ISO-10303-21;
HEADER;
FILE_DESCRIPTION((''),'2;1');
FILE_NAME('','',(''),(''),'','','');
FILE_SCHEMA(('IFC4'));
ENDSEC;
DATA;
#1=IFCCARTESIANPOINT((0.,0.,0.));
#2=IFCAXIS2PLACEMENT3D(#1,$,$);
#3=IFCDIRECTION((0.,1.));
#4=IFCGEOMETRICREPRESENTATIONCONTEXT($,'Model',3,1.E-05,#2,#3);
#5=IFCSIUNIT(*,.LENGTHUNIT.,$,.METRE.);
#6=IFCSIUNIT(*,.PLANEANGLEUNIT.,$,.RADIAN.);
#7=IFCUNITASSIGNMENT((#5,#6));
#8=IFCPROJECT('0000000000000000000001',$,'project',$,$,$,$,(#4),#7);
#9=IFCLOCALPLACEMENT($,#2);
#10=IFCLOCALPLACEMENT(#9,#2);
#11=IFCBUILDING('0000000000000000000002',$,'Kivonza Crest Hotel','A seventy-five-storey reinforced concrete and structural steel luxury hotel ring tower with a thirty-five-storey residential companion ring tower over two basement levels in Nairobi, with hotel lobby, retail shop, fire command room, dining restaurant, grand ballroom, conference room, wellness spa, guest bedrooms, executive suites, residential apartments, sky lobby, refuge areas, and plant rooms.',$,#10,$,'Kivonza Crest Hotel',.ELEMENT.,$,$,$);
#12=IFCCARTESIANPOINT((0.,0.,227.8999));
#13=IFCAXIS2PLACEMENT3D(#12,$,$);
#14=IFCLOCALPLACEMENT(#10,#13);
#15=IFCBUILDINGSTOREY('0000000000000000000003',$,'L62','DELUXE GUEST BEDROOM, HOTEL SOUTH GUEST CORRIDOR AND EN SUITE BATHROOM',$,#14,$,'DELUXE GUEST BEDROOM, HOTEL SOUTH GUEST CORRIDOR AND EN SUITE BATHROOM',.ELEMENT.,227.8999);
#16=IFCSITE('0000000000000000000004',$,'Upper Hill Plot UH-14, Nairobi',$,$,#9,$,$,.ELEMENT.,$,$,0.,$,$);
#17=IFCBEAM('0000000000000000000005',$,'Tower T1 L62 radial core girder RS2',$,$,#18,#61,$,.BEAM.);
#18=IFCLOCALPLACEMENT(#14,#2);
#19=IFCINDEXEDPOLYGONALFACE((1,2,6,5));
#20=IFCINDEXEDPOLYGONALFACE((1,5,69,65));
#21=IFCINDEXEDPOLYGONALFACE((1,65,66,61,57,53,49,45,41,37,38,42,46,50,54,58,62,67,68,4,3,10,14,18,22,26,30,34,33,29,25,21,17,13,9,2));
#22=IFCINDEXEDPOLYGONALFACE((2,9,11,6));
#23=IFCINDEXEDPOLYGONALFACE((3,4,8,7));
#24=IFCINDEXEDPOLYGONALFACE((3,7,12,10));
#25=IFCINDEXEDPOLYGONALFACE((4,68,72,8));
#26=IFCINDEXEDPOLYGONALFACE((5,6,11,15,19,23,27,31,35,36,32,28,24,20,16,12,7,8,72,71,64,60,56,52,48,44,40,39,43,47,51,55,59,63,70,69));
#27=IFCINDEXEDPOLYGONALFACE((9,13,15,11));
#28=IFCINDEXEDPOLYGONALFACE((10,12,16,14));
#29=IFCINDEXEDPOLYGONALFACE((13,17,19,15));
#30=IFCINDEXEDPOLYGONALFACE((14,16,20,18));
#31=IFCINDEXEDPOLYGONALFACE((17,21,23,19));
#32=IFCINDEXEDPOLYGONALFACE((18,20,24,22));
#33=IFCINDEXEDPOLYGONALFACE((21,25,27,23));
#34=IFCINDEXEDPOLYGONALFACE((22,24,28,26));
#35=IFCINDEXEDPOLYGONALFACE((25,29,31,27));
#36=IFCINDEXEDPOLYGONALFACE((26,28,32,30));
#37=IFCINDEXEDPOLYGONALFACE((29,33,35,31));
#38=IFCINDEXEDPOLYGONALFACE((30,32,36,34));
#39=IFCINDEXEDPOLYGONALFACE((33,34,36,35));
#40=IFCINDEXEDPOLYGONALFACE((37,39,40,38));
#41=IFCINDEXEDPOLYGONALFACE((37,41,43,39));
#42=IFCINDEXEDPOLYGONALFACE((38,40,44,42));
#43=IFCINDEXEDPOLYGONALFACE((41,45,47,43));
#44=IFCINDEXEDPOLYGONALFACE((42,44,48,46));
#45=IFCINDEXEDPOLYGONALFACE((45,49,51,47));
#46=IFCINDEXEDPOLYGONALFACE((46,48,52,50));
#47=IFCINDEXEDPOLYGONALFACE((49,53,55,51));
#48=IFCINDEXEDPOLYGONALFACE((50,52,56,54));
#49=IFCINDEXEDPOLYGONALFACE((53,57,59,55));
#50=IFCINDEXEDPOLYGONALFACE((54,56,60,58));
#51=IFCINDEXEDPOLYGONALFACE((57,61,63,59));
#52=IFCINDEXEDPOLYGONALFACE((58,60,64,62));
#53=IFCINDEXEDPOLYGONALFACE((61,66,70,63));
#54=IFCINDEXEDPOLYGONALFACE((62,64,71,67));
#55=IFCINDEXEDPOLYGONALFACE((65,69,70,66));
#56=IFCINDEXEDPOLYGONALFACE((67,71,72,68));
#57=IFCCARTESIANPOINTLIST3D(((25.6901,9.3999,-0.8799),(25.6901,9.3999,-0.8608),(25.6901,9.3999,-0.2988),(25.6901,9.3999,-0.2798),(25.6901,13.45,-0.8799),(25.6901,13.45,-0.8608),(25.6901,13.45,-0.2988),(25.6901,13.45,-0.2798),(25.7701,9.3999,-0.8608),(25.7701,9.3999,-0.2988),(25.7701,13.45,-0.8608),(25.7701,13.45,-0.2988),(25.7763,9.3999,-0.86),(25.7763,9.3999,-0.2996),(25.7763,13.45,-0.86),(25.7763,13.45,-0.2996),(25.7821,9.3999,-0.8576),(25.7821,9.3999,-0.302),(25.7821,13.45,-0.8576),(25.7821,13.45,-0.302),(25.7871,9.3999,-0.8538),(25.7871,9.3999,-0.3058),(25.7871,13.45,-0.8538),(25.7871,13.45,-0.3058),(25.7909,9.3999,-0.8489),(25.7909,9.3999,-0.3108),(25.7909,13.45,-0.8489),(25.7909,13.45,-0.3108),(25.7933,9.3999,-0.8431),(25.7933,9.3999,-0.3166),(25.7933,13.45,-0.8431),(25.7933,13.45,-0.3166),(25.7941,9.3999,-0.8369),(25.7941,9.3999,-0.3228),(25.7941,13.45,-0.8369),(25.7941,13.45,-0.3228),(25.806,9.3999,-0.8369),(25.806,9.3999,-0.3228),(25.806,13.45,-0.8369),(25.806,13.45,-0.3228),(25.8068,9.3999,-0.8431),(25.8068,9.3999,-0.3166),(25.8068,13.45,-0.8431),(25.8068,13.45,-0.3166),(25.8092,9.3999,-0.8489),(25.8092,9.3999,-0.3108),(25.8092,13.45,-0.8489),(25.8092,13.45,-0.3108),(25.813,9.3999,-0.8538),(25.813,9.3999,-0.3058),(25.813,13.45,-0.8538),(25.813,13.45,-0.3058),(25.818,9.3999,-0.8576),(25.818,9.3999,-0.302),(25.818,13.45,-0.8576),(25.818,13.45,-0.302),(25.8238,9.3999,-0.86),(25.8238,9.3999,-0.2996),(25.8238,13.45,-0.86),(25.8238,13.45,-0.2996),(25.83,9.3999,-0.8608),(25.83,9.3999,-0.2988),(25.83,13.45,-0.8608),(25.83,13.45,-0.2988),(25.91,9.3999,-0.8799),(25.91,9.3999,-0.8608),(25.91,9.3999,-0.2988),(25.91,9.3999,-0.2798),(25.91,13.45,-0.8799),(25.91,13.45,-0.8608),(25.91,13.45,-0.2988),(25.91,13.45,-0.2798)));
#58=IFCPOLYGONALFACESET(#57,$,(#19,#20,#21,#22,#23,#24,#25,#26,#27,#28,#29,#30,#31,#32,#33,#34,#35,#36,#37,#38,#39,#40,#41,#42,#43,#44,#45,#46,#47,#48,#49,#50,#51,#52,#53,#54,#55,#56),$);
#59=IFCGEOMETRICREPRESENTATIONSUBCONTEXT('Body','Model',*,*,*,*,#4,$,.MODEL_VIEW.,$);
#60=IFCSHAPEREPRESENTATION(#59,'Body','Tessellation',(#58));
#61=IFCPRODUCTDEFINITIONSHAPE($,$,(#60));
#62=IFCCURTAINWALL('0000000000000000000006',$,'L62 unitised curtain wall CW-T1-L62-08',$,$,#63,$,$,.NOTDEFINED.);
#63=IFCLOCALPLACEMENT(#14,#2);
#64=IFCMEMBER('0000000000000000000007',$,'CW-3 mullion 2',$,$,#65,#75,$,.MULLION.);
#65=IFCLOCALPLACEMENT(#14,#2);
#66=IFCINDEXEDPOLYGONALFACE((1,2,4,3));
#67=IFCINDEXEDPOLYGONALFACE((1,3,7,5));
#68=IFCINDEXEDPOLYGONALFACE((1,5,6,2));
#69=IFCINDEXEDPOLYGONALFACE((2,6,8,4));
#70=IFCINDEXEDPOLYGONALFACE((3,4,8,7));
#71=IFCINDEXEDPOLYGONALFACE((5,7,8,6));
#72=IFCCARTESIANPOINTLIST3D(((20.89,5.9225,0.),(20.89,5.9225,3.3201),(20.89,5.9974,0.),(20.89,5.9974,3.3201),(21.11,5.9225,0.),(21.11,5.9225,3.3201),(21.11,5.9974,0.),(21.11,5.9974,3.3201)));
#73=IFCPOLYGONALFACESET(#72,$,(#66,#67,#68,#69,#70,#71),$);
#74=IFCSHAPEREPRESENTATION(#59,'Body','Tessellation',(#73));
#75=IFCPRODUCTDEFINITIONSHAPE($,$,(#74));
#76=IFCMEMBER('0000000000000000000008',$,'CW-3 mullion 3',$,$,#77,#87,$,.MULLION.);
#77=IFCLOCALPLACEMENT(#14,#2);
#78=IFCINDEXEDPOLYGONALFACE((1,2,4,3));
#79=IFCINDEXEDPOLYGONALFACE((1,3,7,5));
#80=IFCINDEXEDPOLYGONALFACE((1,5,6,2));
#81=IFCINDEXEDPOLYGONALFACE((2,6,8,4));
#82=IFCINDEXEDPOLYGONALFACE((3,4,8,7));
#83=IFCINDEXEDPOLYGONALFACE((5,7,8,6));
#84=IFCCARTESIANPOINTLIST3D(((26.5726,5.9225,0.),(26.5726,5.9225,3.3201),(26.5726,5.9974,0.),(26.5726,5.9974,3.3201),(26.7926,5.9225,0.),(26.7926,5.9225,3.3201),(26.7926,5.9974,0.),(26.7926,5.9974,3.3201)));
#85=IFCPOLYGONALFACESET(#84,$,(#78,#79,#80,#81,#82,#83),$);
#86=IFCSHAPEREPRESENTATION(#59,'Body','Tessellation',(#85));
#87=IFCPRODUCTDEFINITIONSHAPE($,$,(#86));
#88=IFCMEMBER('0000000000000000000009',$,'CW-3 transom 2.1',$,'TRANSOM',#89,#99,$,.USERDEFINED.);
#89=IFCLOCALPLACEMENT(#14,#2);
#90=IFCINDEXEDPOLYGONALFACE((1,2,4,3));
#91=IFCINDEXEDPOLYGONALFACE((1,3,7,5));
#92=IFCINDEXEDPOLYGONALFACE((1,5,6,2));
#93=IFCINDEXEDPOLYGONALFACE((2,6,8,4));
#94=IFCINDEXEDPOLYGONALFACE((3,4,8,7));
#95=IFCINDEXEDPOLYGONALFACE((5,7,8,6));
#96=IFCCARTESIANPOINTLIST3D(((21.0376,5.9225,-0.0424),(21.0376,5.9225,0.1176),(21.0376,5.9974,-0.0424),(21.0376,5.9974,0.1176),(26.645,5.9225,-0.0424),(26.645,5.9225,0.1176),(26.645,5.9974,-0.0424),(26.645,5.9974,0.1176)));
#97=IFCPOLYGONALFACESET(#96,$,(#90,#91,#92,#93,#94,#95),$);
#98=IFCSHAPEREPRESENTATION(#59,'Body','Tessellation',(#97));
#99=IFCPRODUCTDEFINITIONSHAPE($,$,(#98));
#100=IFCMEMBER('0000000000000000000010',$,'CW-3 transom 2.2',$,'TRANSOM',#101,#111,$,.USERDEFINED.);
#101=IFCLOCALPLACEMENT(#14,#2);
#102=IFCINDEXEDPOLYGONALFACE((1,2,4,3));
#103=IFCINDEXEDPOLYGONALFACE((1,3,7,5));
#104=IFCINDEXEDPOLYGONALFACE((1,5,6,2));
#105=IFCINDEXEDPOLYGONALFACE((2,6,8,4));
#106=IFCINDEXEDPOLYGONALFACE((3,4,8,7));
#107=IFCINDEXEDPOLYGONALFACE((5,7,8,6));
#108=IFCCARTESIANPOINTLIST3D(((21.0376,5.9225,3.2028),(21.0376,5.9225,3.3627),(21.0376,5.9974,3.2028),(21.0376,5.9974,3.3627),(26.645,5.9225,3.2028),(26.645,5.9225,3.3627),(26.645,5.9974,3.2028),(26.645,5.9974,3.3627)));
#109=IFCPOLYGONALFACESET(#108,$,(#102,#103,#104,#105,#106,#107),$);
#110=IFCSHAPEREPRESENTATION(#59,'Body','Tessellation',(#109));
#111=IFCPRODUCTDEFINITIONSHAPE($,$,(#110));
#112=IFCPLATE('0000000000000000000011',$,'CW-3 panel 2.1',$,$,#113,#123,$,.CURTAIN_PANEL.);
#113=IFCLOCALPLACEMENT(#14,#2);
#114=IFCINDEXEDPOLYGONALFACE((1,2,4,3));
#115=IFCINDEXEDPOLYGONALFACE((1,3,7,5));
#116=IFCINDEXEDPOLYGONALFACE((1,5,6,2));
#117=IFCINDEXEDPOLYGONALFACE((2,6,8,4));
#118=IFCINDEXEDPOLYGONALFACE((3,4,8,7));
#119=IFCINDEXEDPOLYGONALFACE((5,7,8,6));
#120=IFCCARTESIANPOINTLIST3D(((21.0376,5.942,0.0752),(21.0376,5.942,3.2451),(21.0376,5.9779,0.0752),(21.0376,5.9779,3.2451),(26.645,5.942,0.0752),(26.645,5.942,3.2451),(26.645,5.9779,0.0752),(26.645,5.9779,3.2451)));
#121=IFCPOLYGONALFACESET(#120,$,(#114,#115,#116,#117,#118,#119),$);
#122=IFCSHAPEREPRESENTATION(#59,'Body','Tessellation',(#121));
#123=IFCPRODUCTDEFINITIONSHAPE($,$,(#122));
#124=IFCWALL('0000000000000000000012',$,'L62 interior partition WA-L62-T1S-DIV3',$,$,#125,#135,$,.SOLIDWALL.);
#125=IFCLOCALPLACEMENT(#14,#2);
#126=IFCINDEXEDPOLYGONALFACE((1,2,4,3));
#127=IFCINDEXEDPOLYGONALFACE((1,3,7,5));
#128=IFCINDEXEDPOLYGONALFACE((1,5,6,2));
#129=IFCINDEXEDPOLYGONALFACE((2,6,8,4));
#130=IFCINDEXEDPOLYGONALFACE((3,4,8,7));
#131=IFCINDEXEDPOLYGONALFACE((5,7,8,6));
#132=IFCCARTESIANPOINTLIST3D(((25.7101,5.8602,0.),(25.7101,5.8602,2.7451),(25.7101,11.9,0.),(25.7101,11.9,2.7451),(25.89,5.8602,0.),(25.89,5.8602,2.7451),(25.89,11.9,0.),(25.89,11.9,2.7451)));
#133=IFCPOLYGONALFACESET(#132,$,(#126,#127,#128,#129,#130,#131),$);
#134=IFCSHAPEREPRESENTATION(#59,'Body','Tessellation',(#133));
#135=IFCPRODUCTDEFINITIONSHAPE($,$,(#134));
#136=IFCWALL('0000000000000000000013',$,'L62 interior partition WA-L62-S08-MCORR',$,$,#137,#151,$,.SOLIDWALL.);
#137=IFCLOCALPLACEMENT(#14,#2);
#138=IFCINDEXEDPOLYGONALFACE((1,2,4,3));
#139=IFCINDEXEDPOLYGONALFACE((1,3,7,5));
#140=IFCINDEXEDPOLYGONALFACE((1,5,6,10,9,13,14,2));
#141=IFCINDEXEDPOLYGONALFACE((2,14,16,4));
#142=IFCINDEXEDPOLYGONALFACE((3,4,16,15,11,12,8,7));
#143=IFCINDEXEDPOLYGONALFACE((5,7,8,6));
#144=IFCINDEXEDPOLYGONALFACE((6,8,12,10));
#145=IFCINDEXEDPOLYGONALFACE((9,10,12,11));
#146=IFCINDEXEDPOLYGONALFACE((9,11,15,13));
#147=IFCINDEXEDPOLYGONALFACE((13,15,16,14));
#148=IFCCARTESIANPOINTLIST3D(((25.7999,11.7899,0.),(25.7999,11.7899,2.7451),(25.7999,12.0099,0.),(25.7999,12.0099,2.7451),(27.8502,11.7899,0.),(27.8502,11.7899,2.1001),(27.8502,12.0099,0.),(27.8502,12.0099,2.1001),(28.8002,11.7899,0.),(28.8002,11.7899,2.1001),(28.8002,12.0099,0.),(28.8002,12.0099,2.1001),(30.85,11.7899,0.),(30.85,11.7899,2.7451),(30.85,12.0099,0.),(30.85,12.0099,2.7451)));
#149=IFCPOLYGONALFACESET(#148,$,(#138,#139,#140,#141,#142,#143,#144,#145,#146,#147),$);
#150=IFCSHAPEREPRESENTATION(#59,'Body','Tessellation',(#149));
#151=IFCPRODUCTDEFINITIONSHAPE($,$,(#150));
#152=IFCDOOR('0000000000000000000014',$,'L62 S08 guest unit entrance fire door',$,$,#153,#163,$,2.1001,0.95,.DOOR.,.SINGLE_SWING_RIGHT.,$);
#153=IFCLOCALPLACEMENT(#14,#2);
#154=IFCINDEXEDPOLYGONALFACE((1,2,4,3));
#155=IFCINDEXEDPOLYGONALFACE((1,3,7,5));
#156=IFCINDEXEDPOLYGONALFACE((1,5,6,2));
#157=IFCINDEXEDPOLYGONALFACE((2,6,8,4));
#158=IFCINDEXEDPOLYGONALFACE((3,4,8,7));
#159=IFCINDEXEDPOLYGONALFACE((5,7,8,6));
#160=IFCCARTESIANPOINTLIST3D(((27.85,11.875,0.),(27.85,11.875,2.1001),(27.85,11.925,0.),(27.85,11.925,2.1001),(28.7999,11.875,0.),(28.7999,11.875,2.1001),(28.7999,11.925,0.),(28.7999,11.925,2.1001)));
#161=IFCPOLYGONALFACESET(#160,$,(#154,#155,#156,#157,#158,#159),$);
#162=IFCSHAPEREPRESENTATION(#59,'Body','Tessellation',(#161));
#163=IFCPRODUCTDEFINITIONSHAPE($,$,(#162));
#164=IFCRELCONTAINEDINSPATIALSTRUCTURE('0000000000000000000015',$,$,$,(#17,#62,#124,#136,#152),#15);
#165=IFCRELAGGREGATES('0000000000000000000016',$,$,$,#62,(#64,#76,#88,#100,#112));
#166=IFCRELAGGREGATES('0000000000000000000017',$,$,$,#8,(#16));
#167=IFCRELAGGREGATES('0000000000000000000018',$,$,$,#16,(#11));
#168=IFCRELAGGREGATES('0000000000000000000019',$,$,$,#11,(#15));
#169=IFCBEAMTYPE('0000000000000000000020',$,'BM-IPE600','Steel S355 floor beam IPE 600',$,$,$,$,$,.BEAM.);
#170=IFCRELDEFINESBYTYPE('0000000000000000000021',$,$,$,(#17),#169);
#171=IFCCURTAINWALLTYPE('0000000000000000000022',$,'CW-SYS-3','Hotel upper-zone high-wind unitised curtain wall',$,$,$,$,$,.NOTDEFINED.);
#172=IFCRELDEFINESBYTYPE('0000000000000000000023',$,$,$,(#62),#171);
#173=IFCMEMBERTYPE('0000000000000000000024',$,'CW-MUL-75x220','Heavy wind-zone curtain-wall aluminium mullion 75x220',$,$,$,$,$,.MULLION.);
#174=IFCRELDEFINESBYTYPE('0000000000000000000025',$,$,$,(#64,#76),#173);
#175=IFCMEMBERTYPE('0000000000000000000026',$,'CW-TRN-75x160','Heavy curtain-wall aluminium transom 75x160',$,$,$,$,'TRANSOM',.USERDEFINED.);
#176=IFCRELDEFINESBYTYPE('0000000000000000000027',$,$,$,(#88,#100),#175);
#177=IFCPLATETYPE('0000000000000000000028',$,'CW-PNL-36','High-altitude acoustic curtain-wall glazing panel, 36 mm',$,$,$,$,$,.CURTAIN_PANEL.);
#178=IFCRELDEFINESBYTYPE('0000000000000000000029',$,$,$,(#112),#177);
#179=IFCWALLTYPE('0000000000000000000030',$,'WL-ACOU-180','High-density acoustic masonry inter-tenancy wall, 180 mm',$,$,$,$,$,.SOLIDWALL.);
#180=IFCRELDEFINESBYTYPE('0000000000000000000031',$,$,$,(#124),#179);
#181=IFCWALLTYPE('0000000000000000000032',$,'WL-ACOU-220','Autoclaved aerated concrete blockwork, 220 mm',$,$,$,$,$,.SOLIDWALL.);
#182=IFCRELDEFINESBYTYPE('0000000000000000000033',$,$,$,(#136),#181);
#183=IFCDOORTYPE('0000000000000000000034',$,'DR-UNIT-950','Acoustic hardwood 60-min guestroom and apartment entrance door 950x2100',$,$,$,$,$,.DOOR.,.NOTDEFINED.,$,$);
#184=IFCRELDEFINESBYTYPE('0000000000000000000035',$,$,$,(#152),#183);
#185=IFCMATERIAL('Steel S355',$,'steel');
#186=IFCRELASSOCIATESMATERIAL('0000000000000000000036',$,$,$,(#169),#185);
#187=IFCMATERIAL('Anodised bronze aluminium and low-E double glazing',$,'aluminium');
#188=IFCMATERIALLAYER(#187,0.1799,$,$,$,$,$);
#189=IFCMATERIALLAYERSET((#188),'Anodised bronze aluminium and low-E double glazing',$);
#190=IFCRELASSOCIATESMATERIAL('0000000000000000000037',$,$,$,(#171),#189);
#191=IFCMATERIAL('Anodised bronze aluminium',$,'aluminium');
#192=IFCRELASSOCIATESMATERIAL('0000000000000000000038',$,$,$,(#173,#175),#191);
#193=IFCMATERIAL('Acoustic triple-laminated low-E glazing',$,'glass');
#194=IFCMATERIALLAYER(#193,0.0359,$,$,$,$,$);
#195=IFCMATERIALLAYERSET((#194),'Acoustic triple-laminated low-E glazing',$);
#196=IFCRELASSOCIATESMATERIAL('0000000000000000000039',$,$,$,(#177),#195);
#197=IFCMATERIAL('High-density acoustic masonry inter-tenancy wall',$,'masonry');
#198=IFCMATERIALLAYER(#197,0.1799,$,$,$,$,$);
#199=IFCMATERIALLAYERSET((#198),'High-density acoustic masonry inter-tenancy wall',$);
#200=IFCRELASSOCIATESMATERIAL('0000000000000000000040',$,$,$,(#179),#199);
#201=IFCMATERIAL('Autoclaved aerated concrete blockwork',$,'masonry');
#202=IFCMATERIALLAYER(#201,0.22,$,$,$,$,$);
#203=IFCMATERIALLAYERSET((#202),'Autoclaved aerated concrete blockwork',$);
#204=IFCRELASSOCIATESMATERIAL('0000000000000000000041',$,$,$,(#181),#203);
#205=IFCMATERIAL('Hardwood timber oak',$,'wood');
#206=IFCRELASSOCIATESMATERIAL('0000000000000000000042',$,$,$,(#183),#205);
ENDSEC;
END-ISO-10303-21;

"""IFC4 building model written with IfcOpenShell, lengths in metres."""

from ifc_helpers import new_model, si_unit, direction, frame, frame_2d, origin, origin_2d, place, context, subcontext, project, spatial, rectangle, i_section, extrude, material, layer, layer_set, material_profile, profile_set, type_object, element, fill, aggregate, save


model = new_model("IFC4")

# Units and contexts
model_context = context("Model", 3, precision=1e-05, world=origin(), true_north=direction((0.0, 1.0)))
body_context = subcontext(model_context, "Body", "Model", "MODEL_VIEW")
ifc_project = project(units=[si_unit("LENGTHUNIT", "METRE"), si_unit("PLANEANGLEUNIT", "RADIAN")], contexts=[model_context])

# Site, building, storey
site_placement = place(None, origin())
site = spatial("IfcSite", under=ifc_project, at=site_placement, Name="Upper Hill Plot UH-14, Nairobi", CompositionType="ELEMENT", RefElevation=0.0)
building_placement = place(site_placement, origin())
building = spatial("IfcBuilding", under=site, at=building_placement, Name="Kivonza Crest Hotel", Description="A seventy-five-storey reinforced concrete and structural steel luxury hotel ring tower with a thirty-five-storey residential companion ring tower over two basement levels in Nairobi, with hotel lobby, retail shop, fire command room, dining restaurant, grand ballroom, conference room, wellness spa, guest bedrooms, executive suites, residential apartments, sky lobby, refuge areas, and plant rooms.", LongName="Kivonza Crest Hotel", CompositionType="ELEMENT")
storey_placement = place(building_placement, frame((0.0, 0.0, 227.8999)))
storey = spatial("IfcBuildingStorey", under=building, at=storey_placement, Name="L62", Description="DELUXE GUEST BEDROOM, HOTEL SOUTH GUEST CORRIDOR AND EN SUITE BATHROOM", LongName="DELUXE GUEST BEDROOM, HOTEL SOUTH GUEST CORRIDOR AND EN SUITE BATHROOM", CompositionType="ELEMENT", Elevation=227.8999)

# Beam
ifc_material_1 = material(Name="Steel S355", Category="steel")
ifc_material_profile_1 = material_profile(ifc_material_1, i_section(OverallWidth=0.22, OverallDepth=0.6001, WebThickness=0.012, FlangeThickness=0.019, FilletRadius=0.0239, at=origin_2d()), Name="IPE 600")
ifc_profile_set_1 = profile_set([ifc_material_profile_1], Name="Steel S355")
beam_type_1 = type_object("IfcBeamType", Name="BM-IPE600", Description="Steel S355 floor beam IPE 600", PredefinedType="BEAM", material=ifc_profile_set_1)
beam_1_placement = place(storey_placement, frame((25.8, 9.3999, -0.5798), z_axis=(0.0, 1.0, 0.0), x_axis=(-1.0, 0.0, 0.0)))
element("IfcBeam", 1, at=beam_1_placement, inside=storey, type_object=beam_type_1, Name="Tower T1 L62 radial core girder RS2", PredefinedType="BEAM", context=body_context, shape_type="SweptSolid", body=[
    extrude(i_section(OverallWidth=0.22, OverallDepth=0.6001, WebThickness=0.012, FlangeThickness=0.019, FilletRadius=0.0239, at=origin_2d()), origin(), (0.0, 0.0, 1.0), 4.05),
])

# Curtain wall, members, plate
ifc_material_2 = material(Name="Anodised bronze aluminium and low-E double glazing", Category="aluminium")
ifc_layer_1 = layer(ifc_material_2, 0.1799)
ifc_layer_set_1 = layer_set([ifc_layer_1], Name="Anodised bronze aluminium and low-E double glazing")
curtain_wall_type = type_object("IfcCurtainWallType", Name="CW-SYS-3", Description="Hotel upper-zone high-wind unitised curtain wall", PredefinedType="NOTDEFINED", material=ifc_layer_set_1)
curtain_wall_placement = place(storey_placement, origin())
curtain_wall = element("IfcCurtainWall", 2, at=curtain_wall_placement, inside=storey, type_object=curtain_wall_type, Name="L62 unitised curtain wall CW-T1-L62-08", PredefinedType="NOTDEFINED")
ifc_material_3 = material(Name="Anodised bronze aluminium", Category="aluminium")
ifc_material_profile_2 = material_profile(ifc_material_3, rectangle(XDim=0.075, YDim=0.22, at=origin_2d()), Name="CW-M 75x220")
ifc_profile_set_2 = profile_set([ifc_material_profile_2], Name="Anodised bronze aluminium")
member_type_1 = type_object("IfcMemberType", Name="CW-MUL-75x220", Description="Heavy wind-zone curtain-wall aluminium mullion 75x220", PredefinedType="MULLION", material=ifc_profile_set_2)
member_1_placement = place(storey_placement, frame((21.0, 5.96, 0.0), z_axis=(0.0, 0.0, 1.0), x_axis=(0.0, 1.0, 0.0)))
member_1 = element("IfcMember", 3, at=member_1_placement, type_object=member_type_1, Name="CW-3 mullion 2", PredefinedType="MULLION", context=body_context, shape_type="SweptSolid", body=[
    extrude(rectangle(XDim=0.075, YDim=0.22, at=origin_2d()), origin(), (0.0, 0.0, 1.0), 3.3201),
])
member_2_placement = place(storey_placement, frame((26.6826, 5.96, 0.0), z_axis=(0.0, 0.0, 1.0), x_axis=(0.0, 1.0, 0.0)))
member_2 = element("IfcMember", 4, at=member_2_placement, type_object=member_type_1, Name="CW-3 mullion 3", PredefinedType="MULLION", context=body_context, shape_type="SweptSolid", body=[
    extrude(rectangle(XDim=0.075, YDim=0.22, at=origin_2d()), origin(), (0.0, 0.0, 1.0), 3.3201),
])
ifc_material_profile_3 = material_profile(ifc_material_3, rectangle(XDim=0.075, YDim=0.1599, at=origin_2d()), Name="CW-T 75x160")
ifc_profile_set_3 = profile_set([ifc_material_profile_3], Name="Anodised bronze aluminium")
member_type_2 = type_object("IfcMemberType", Name="CW-TRN-75x160", Description="Heavy curtain-wall aluminium transom 75x160", ElementType="TRANSOM", PredefinedType="USERDEFINED", material=ifc_profile_set_3)
member_3_placement = place(storey_placement, frame((21.0376, 5.96, 0.0376), z_axis=(1.0, 0.0, 0.0), x_axis=(0.0, 1.0, 0.0)))
member_3 = element("IfcMember", 5, at=member_3_placement, type_object=member_type_2, Name="CW-3 transom 2.1", ObjectType="TRANSOM", PredefinedType="USERDEFINED", context=body_context, shape_type="SweptSolid", body=[
    extrude(rectangle(XDim=0.075, YDim=0.1599, at=origin_2d()), origin(), (0.0, 0.0, 1.0), 5.6074),
])
member_4_placement = place(storey_placement, frame((21.0376, 5.96, 3.2827), z_axis=(1.0, 0.0, 0.0), x_axis=(0.0, 1.0, 0.0)))
member_4 = element("IfcMember", 6, at=member_4_placement, type_object=member_type_2, Name="CW-3 transom 2.2", ObjectType="TRANSOM", PredefinedType="USERDEFINED", context=body_context, shape_type="SweptSolid", body=[
    extrude(rectangle(XDim=0.075, YDim=0.1599, at=origin_2d()), origin(), (0.0, 0.0, 1.0), 5.6074),
])
ifc_material_4 = material(Name="Acoustic triple-laminated low-E glazing", Category="glass")
ifc_layer_2 = layer(ifc_material_4, 0.0359)
ifc_layer_set_2 = layer_set([ifc_layer_2], Name="Acoustic triple-laminated low-E glazing")
plate_type = type_object("IfcPlateType", Name="CW-PNL-36", Description="High-altitude acoustic curtain-wall glazing panel, 36 mm", PredefinedType="CURTAIN_PANEL", material=ifc_layer_set_2)
plate_placement = place(storey_placement, frame((23.8413, 5.96, 0.0752), z_axis=(0.0, 0.0, 1.0), x_axis=(1.0, 0.0, 0.0)))
plate = element("IfcPlate", 7, at=plate_placement, type_object=plate_type, Name="CW-3 panel 2.1", PredefinedType="CURTAIN_PANEL", context=body_context, shape_type="SweptSolid", body=[
    extrude(rectangle(XDim=5.6074, YDim=0.0359, at=origin_2d()), origin(), (0.0, 0.0, 1.0), 3.1699),
])
aggregate(curtain_wall, [member_1, member_2, member_3, member_4, plate])

# Wall
ifc_material_5 = material(Name="High-density acoustic masonry inter-tenancy wall", Category="masonry")
ifc_layer_3 = layer(ifc_material_5, 0.1799)
ifc_layer_set_3 = layer_set([ifc_layer_3], Name="High-density acoustic masonry inter-tenancy wall")
wall_type_1 = type_object("IfcWallType", Name="WL-ACOU-180", Description="High-density acoustic masonry inter-tenancy wall, 180 mm", PredefinedType="SOLIDWALL", material=ifc_layer_set_3)
wall_1_placement = place(storey_placement, frame((25.8, 5.8601, 0.0), z_axis=(0.0, 0.0, 1.0), x_axis=(0.0, 1.0, 0.0)))
element("IfcWall", 8, at=wall_1_placement, inside=storey, type_object=wall_type_1, Name="L62 interior partition WA-L62-T1S-DIV3", PredefinedType="SOLIDWALL", context=body_context, shape_type="SweptSolid", body=[
    extrude(rectangle(XDim=6.0398, YDim=0.1799, at=frame_2d((3.02, 0.0))), origin(), (0.0, 0.0, 1.0), 2.7451),
])

# Wall, opening, door
ifc_material_6 = material(Name="Autoclaved aerated concrete blockwork", Category="masonry")
ifc_layer_4 = layer(ifc_material_6, 0.22)
ifc_layer_set_4 = layer_set([ifc_layer_4], Name="Autoclaved aerated concrete blockwork")
wall_type_2 = type_object("IfcWallType", Name="WL-ACOU-220", Description="Autoclaved aerated concrete blockwork, 220 mm", PredefinedType="SOLIDWALL", material=ifc_layer_set_4)
wall_2_placement = place(storey_placement, frame((25.8, 11.8999, 0.0), z_axis=(0.0, 0.0, 1.0), x_axis=(1.0, 0.0, 0.0)))
wall_2 = element("IfcWall", 9, at=wall_2_placement, inside=storey, type_object=wall_type_2, Name="L62 interior partition WA-L62-S08-MCORR", PredefinedType="SOLIDWALL", context=body_context, shape_type="SweptSolid", body=[
    extrude(rectangle(XDim=5.05, YDim=0.22, at=frame_2d((2.5249, 0.0))), origin(), (0.0, 0.0, 1.0), 2.7451),
])
opening_1_placement = place(wall_2_placement, frame((2.05, 0.0, 0.0)))
opening_1 = element("IfcOpeningElement", 10, at=opening_1_placement, cuts=wall_2, PredefinedType="OPENING", context=body_context, shape_type="SweptSolid", body=[
    extrude(rectangle(XDim=0.95, YDim=2.1001, at=frame_2d((0.4751, 1.05))), frame((0.0, 0.1201, 0.0), z_axis=(0.0, -1.0, 0.0), x_axis=(1.0, 0.0, 0.0)), (0.0, 0.0, 1.0), 0.24),
])
ifc_material_7 = material(Name="Hardwood timber oak", Category="wood")
door_type_1 = type_object("IfcDoorType", Name="DR-UNIT-950", Description="Acoustic hardwood 60-min guestroom and apartment entrance door 950x2100", OperationType="NOTDEFINED", PredefinedType="DOOR", material=ifc_material_7)
door_1_placement = place(opening_1_placement, frame((0.95, 0.0, 0.0), z_axis=(0.0, 0.0, 1.0), x_axis=(-1.0, 0.0, 0.0)))
door_1 = element("IfcDoor", 11, at=door_1_placement, inside=storey, type_object=door_type_1, Name="L62 S08 guest unit entrance fire door", OperationType="SINGLE_SWING_RIGHT", OverallHeight=2.1001, OverallWidth=0.95, PredefinedType="DOOR", context=body_context, shape_type="SweptSolid", body=[
    extrude(rectangle(XDim=0.95, YDim=2.1001, at=frame_2d((0.4751, 1.05))), frame((0.0, 0.0249, 0.0), z_axis=(0.0, -1.0, 0.0), x_axis=(1.0, 0.0, 0.0)), (0.0, 0.0, 1.0), 0.05),
])
fill(opening_1, door_1)

save(model, "model.ifc")
